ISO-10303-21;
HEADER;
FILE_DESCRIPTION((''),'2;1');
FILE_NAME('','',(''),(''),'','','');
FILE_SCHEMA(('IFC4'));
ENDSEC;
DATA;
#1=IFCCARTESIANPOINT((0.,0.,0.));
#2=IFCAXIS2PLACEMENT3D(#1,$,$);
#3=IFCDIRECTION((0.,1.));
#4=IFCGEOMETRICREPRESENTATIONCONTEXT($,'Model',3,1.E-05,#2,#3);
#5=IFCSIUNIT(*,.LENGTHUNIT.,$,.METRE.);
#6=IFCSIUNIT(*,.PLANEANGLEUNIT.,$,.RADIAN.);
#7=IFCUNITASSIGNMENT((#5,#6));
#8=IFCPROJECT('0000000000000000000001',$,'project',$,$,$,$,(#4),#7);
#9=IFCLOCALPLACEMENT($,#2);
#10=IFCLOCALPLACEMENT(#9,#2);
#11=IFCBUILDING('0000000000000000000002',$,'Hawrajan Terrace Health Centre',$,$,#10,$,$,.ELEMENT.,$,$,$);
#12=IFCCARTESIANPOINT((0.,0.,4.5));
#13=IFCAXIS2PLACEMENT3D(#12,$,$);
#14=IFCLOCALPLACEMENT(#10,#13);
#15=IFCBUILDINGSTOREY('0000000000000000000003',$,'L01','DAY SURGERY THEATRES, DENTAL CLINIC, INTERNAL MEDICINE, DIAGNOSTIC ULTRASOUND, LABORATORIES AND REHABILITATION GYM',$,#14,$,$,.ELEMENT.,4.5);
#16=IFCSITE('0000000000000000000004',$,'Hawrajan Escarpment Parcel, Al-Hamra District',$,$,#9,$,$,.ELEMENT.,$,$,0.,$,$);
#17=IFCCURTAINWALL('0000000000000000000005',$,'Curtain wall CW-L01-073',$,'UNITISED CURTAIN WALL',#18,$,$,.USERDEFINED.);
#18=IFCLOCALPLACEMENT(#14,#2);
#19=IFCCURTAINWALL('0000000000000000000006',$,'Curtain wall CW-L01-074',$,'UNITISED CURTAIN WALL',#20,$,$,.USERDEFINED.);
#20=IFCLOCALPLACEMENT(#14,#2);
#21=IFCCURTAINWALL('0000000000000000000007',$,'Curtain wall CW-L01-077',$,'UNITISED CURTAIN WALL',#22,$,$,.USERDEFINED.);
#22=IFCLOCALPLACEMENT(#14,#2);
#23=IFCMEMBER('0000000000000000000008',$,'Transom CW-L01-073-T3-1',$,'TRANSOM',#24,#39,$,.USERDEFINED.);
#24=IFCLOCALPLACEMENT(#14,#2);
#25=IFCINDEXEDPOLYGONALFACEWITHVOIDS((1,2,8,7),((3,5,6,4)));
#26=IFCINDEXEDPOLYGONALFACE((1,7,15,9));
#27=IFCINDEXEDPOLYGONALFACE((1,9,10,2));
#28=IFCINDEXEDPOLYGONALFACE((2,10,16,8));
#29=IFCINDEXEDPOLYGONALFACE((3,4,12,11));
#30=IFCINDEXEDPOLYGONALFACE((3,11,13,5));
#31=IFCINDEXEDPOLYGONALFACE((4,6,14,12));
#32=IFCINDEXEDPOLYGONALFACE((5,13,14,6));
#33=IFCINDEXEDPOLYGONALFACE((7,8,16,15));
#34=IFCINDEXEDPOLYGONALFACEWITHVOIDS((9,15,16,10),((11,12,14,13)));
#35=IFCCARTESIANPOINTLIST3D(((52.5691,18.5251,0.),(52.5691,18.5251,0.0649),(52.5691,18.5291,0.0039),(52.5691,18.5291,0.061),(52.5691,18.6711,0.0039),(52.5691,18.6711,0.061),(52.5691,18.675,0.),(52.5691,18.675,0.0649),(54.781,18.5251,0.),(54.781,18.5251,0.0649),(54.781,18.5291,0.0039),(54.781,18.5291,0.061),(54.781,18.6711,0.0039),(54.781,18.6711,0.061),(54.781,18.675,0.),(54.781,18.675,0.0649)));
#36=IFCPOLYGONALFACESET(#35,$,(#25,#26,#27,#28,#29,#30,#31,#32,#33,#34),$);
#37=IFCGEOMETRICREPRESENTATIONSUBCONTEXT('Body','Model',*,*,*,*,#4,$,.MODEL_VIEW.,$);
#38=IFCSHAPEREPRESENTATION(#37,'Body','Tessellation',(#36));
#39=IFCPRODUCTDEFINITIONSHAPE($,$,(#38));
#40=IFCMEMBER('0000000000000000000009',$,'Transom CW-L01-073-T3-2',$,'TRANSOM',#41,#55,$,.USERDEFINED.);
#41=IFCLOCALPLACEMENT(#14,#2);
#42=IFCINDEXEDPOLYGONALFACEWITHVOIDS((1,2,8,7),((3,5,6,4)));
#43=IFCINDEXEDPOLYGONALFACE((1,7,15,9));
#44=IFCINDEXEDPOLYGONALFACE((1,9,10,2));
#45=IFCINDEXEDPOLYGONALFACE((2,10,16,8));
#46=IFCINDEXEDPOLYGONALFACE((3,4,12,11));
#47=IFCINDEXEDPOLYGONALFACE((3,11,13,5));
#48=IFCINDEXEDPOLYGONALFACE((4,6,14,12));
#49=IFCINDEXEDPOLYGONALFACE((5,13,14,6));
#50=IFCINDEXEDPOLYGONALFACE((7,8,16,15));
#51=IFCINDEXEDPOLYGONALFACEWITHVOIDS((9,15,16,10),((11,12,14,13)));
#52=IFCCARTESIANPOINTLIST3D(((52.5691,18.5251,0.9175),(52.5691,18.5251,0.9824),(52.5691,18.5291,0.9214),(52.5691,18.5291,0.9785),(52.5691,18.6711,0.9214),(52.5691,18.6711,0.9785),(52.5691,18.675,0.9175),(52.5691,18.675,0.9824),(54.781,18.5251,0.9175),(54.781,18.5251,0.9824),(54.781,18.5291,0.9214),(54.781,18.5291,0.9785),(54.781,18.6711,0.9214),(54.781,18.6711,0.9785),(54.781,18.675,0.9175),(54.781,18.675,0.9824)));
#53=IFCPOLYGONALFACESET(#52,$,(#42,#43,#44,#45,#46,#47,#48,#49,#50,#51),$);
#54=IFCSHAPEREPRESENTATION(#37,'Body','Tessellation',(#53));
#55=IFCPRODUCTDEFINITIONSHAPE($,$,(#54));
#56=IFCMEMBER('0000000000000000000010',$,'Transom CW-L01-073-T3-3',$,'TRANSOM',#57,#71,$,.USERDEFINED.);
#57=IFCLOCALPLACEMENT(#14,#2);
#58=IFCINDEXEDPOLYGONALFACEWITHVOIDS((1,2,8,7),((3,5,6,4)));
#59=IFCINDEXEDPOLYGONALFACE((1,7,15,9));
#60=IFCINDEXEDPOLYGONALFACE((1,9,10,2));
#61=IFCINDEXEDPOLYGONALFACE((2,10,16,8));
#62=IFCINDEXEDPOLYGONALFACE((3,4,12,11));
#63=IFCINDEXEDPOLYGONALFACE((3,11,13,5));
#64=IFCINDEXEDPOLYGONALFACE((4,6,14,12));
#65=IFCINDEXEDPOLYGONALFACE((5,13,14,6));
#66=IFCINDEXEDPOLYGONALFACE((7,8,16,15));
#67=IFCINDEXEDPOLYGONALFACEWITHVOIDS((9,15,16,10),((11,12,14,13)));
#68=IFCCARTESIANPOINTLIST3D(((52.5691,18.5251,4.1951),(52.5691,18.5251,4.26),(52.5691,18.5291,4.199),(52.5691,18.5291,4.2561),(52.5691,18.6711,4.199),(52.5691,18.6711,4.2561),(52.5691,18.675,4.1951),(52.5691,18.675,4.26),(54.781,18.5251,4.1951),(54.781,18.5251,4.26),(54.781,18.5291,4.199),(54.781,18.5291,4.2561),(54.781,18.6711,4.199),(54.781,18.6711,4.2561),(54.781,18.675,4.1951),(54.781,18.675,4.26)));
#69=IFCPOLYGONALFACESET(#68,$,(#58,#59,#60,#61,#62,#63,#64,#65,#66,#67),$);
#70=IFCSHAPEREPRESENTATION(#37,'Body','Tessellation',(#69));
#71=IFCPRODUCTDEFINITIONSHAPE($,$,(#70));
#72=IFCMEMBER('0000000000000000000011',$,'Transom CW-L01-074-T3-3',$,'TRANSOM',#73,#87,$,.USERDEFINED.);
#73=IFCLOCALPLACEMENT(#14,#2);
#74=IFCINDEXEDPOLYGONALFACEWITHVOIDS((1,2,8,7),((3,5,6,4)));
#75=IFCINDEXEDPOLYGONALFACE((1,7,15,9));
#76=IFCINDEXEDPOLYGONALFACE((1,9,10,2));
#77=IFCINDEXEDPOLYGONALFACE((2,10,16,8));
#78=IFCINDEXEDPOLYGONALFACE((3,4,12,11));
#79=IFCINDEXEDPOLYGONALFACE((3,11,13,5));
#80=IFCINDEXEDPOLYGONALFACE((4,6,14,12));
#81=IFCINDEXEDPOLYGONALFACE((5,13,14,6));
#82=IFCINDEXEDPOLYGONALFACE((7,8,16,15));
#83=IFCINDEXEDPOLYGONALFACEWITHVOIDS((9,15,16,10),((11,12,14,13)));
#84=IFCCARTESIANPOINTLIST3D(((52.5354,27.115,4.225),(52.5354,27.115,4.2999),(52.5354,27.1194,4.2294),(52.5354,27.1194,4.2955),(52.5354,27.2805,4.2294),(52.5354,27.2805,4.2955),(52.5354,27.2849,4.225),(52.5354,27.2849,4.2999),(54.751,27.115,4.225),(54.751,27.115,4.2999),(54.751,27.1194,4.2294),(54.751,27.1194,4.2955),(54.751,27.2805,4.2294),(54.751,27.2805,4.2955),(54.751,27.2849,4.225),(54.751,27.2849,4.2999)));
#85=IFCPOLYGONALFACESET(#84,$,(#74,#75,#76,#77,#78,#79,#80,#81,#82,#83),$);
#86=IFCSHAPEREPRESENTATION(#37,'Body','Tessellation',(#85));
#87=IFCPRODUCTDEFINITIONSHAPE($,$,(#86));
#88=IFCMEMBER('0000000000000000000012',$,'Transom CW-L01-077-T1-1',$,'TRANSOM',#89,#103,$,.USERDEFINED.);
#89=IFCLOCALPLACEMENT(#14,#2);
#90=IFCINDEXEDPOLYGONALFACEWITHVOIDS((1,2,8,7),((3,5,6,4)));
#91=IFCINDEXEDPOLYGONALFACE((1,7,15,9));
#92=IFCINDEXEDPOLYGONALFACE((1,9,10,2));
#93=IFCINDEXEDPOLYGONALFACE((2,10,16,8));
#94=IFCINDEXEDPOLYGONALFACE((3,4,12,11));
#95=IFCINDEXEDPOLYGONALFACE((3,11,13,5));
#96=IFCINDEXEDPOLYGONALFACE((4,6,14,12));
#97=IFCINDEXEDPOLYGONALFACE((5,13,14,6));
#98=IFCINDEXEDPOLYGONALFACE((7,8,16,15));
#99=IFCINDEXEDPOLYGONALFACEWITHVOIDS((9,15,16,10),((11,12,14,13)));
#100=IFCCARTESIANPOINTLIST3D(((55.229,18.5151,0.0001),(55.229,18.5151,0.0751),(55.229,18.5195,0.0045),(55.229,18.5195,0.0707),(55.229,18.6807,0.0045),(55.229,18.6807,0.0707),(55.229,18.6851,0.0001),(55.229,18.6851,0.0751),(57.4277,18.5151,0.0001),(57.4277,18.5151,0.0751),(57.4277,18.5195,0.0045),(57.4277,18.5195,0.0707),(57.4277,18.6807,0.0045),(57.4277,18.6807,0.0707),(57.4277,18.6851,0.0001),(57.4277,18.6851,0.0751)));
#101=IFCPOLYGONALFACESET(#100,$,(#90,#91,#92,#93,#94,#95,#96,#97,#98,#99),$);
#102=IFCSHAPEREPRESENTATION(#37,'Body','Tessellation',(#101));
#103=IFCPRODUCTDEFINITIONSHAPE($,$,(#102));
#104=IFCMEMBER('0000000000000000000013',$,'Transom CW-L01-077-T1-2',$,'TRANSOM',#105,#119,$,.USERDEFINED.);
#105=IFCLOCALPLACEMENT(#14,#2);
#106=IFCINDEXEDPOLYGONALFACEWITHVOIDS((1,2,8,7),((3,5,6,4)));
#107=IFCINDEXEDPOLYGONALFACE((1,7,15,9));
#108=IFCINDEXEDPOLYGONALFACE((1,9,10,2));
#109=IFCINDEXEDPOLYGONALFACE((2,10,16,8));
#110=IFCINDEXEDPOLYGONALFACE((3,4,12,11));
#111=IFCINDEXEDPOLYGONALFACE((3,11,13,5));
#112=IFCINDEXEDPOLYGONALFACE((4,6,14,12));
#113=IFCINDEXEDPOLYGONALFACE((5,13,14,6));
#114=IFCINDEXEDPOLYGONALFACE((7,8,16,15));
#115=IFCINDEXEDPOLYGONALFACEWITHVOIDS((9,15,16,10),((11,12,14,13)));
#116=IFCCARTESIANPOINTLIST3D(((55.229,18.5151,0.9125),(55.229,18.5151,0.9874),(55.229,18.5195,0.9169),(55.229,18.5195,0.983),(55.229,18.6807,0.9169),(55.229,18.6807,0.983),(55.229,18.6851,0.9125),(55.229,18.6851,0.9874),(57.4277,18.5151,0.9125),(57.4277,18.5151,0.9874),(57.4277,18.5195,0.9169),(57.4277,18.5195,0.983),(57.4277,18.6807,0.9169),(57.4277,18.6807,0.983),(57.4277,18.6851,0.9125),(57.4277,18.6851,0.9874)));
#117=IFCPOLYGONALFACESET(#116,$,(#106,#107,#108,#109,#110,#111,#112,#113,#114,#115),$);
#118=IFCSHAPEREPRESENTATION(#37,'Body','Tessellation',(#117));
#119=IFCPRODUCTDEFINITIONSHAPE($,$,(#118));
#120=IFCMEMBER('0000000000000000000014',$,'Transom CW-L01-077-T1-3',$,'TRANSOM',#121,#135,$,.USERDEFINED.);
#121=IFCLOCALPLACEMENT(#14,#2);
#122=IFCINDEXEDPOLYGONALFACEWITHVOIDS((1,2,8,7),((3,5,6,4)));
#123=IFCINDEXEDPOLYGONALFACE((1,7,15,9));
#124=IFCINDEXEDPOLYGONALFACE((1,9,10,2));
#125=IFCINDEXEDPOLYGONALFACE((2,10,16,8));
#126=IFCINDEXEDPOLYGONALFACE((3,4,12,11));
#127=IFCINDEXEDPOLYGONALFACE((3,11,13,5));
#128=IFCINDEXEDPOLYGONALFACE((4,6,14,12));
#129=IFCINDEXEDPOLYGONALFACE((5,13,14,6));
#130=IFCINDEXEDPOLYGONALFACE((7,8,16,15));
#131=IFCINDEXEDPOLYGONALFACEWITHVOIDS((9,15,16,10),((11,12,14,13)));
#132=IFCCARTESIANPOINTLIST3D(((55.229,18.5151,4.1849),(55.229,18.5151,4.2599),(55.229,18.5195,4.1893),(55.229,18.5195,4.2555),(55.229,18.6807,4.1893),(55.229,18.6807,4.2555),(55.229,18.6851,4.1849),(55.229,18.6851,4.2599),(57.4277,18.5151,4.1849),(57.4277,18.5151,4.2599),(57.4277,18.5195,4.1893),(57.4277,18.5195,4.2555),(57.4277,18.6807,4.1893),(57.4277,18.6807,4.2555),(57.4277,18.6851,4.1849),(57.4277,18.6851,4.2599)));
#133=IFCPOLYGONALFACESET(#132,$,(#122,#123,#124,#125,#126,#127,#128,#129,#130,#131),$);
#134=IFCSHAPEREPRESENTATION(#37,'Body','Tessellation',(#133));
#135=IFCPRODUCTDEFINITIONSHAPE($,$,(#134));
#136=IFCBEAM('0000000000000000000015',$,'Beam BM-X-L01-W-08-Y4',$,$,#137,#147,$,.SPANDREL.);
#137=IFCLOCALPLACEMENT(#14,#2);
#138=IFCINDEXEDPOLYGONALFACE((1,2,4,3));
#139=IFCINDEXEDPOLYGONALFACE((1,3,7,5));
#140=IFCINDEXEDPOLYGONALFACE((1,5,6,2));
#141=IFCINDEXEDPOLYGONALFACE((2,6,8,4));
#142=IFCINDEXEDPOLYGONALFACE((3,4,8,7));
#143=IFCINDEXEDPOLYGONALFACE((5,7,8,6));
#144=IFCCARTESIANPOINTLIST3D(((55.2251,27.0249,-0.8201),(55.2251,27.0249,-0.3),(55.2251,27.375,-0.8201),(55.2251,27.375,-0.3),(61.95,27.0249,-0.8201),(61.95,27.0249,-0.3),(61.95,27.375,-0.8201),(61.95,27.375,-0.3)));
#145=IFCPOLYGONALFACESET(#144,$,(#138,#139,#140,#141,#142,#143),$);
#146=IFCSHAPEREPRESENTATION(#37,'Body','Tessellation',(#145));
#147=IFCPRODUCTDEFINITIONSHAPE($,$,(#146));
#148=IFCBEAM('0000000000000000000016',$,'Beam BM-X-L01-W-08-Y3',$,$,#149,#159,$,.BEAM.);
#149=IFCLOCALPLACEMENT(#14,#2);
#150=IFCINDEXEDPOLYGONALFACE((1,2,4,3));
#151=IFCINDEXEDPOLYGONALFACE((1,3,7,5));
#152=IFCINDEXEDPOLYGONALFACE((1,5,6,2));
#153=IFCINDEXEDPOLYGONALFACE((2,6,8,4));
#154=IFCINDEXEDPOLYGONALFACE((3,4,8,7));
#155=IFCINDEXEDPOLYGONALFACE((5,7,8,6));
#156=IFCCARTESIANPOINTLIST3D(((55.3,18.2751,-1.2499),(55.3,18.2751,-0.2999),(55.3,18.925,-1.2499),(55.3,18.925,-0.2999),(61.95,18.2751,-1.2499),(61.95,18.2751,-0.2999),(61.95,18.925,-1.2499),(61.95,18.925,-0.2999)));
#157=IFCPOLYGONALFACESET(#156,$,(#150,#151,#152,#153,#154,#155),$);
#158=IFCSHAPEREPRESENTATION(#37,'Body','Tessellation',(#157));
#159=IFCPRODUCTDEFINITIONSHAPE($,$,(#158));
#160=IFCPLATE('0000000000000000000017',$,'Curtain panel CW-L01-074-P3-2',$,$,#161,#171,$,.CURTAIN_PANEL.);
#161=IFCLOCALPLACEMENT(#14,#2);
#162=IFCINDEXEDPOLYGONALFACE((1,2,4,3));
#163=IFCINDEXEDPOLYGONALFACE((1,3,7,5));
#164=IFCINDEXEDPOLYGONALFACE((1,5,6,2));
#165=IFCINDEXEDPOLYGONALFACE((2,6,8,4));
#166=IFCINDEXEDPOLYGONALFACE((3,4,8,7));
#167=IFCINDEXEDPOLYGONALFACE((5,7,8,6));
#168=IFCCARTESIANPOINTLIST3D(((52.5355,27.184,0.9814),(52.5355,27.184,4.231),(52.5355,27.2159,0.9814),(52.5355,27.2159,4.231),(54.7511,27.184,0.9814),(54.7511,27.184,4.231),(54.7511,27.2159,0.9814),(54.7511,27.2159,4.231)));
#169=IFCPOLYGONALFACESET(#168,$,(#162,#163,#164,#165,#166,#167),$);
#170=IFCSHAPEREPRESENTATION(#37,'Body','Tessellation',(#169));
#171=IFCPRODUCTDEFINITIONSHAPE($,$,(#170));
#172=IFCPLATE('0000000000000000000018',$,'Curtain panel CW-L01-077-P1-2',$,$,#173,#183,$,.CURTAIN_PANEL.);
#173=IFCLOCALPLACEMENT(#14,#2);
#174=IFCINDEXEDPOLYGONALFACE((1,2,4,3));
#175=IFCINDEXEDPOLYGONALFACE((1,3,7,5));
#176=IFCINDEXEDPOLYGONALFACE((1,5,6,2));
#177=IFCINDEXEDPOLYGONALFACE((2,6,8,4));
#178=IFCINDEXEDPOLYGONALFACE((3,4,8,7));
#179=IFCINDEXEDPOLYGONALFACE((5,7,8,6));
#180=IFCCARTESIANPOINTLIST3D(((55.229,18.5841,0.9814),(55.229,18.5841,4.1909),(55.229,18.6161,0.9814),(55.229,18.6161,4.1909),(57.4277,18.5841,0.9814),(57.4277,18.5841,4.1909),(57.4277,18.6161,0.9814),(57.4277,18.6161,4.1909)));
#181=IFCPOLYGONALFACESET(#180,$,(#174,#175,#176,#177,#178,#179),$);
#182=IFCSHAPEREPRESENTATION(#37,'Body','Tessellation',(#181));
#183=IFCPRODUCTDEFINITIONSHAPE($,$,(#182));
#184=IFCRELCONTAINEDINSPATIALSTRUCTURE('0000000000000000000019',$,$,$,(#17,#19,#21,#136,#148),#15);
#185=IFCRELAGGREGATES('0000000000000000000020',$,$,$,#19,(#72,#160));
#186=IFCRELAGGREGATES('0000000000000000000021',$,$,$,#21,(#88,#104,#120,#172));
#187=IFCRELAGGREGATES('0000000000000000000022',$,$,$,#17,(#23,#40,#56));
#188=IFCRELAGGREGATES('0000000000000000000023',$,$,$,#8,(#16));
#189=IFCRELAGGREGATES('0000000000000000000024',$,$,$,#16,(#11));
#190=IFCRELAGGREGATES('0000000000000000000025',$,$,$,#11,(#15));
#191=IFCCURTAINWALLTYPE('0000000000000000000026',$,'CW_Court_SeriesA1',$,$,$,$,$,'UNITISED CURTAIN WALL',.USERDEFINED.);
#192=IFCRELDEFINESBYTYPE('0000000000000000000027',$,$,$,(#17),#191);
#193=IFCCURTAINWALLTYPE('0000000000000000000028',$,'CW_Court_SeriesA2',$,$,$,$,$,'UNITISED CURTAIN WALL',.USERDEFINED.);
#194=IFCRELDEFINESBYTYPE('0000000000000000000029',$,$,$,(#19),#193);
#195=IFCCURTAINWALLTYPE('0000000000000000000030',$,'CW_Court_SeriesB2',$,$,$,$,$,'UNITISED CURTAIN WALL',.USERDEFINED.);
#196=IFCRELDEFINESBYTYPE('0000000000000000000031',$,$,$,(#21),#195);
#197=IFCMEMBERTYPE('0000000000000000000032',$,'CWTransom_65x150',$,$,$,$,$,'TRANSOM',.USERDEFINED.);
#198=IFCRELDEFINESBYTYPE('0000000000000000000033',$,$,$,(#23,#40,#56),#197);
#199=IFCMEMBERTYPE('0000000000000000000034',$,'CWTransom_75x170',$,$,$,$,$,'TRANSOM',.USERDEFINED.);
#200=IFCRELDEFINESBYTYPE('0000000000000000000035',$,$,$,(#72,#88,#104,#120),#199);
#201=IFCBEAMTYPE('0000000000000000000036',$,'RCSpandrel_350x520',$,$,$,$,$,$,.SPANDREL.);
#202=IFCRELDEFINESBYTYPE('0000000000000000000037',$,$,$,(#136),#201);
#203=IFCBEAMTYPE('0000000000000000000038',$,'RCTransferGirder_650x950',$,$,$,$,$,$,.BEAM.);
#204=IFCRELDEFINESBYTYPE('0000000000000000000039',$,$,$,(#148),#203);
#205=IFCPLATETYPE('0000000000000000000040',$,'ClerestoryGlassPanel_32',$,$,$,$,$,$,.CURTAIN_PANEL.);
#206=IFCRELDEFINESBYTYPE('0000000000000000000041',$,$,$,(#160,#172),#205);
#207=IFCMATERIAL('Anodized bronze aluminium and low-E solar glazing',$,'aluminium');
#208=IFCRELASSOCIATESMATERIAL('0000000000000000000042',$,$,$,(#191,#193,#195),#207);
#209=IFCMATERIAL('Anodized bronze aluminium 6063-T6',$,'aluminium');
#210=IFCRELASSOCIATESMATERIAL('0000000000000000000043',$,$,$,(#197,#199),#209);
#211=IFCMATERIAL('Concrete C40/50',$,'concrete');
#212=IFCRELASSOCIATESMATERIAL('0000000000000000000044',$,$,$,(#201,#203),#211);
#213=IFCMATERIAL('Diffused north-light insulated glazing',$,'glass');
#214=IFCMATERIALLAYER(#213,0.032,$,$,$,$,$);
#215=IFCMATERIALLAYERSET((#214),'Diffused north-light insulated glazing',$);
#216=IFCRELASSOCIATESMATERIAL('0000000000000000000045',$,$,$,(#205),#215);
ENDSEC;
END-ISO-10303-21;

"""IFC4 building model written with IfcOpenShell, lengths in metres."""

from ifc_helpers import new_model, si_unit, direction, frame, origin, origin_2d, place, context, subcontext, project, spatial, rectangle, hollow_rectangle, extrude, material, layer, layer_set, material_profile, profile_set, type_object, element, aggregate, save


model = new_model("IFC4")

# Units and contexts
model_context = context("Model", 3, precision=1e-05, world=origin(), true_north=direction((0.0, 1.0)))
body_context = subcontext(model_context, "Body", "Model", "MODEL_VIEW")
ifc_project = project(units=[si_unit("LENGTHUNIT", "METRE"), si_unit("PLANEANGLEUNIT", "RADIAN")], contexts=[model_context])

# Site, building, storey
site_placement = place(None, origin())
site = spatial("IfcSite", under=ifc_project, at=site_placement, Name="Hawrajan Escarpment Parcel, Al-Hamra District", CompositionType="ELEMENT", RefElevation=0.0)
building_placement = place(site_placement, origin())
building = spatial("IfcBuilding", under=site, at=building_placement, Name="Hawrajan Terrace Health Centre", CompositionType="ELEMENT")
storey_placement = place(building_placement, frame((0.0, 0.0, 4.5)))
storey = spatial("IfcBuildingStorey", under=building, at=storey_placement, Name="L01", Description="DAY SURGERY THEATRES, DENTAL CLINIC, INTERNAL MEDICINE, DIAGNOSTIC ULTRASOUND, LABORATORIES AND REHABILITATION GYM", CompositionType="ELEMENT", Elevation=4.5)

# Shared definitions
ifc_material_1 = material(Name="Anodized bronze aluminium and low-E solar glazing", Category="aluminium")
ifc_material_2 = material(Name="Anodized bronze aluminium 6063-T6", Category="aluminium")

# Curtain wall
curtain_wall_type_1 = type_object("IfcCurtainWallType", Name="CW_Court_SeriesA1", ElementType="UNITISED CURTAIN WALL", PredefinedType="USERDEFINED", material=ifc_material_1)
curtain_wall_1_placement = place(storey_placement, origin())
curtain_wall_1 = element("IfcCurtainWall", 1, at=curtain_wall_1_placement, inside=storey, type_object=curtain_wall_type_1, Name="Curtain wall CW-L01-073", ObjectType="UNITISED CURTAIN WALL", PredefinedType="USERDEFINED")

# Curtain walls
curtain_wall_type_2 = type_object("IfcCurtainWallType", Name="CW_Court_SeriesA2", ElementType="UNITISED CURTAIN WALL", PredefinedType="USERDEFINED", material=ifc_material_1)
curtain_wall_2_placement = place(storey_placement, origin())
curtain_wall_2 = element("IfcCurtainWall", 2, at=curtain_wall_2_placement, inside=storey, type_object=curtain_wall_type_2, Name="Curtain wall CW-L01-074", ObjectType="UNITISED CURTAIN WALL", PredefinedType="USERDEFINED")
curtain_wall_type_3 = type_object("IfcCurtainWallType", Name="CW_Court_SeriesB2", ElementType="UNITISED CURTAIN WALL", PredefinedType="USERDEFINED", material=ifc_material_1)
curtain_wall_3_placement = place(storey_placement, origin())
curtain_wall_3 = element("IfcCurtainWall", 3, at=curtain_wall_3_placement, inside=storey, type_object=curtain_wall_type_3, Name="Curtain wall CW-L01-077", ObjectType="UNITISED CURTAIN WALL", PredefinedType="USERDEFINED")

# Members
ifc_material_profile_1 = material_profile(ifc_material_2, hollow_rectangle(XDim=0.0649, YDim=0.1499, WallThickness=0.0039, at=origin_2d()), Name="CW TRN 65x150")
ifc_profile_set_1 = profile_set([ifc_material_profile_1], Name="Anodized bronze aluminium 6063-T6")
member_type_1 = type_object("IfcMemberType", Name="CWTransom_65x150", ElementType="TRANSOM", PredefinedType="USERDEFINED", material=ifc_profile_set_1)
member_1_placement = place(storey_placement, frame((52.5691, 18.6001, 0.0325), z_axis=(1.0, 0.0, 0.0), x_axis=(0.0, 0.0, 1.0)))
member_1 = element("IfcMember", 4, at=member_1_placement, type_object=member_type_1, Name="Transom CW-L01-073-T3-1", ObjectType="TRANSOM", PredefinedType="USERDEFINED", context=body_context, shape_type="SweptSolid", body=[
    extrude(hollow_rectangle(XDim=0.0649, YDim=0.1499, WallThickness=0.0039, at=origin_2d()), origin(), (0.0, 0.0, 1.0), 2.2119),
])
member_2_placement = place(storey_placement, frame((52.5691, 18.6001, 0.95), z_axis=(1.0, 0.0, 0.0), x_axis=(0.0, 0.0, 1.0)))
member_2 = element("IfcMember", 5, at=member_2_placement, type_object=member_type_1, Name="Transom CW-L01-073-T3-2", ObjectType="TRANSOM", PredefinedType="USERDEFINED", context=body_context, shape_type="SweptSolid", body=[
    extrude(hollow_rectangle(XDim=0.0649, YDim=0.1499, WallThickness=0.0039, at=origin_2d()), origin(), (0.0, 0.0, 1.0), 2.2119),
])
member_3_placement = place(storey_placement, frame((52.5691, 18.6001, 4.2275), z_axis=(1.0, 0.0, 0.0), x_axis=(0.0, 0.0, 1.0)))
member_3 = element("IfcMember", 6, at=member_3_placement, type_object=member_type_1, Name="Transom CW-L01-073-T3-3", ObjectType="TRANSOM", PredefinedType="USERDEFINED", context=body_context, shape_type="SweptSolid", body=[
    extrude(hollow_rectangle(XDim=0.0649, YDim=0.1499, WallThickness=0.0039, at=origin_2d()), origin(), (0.0, 0.0, 1.0), 2.2119),
])
ifc_material_profile_2 = material_profile(ifc_material_2, hollow_rectangle(XDim=0.075, YDim=0.1699, WallThickness=0.0044, at=origin_2d()), Name="CW TRN 75x170")
ifc_profile_set_2 = profile_set([ifc_material_profile_2], Name="Anodized bronze aluminium 6063-T6")
member_type_2 = type_object("IfcMemberType", Name="CWTransom_75x170", ElementType="TRANSOM", PredefinedType="USERDEFINED", material=ifc_profile_set_2)
member_4_placement = place(storey_placement, frame((52.5354, 27.2, 4.2625), z_axis=(1.0, 0.0, 0.0), x_axis=(0.0, 0.0, 1.0)))
member_4 = element("IfcMember", 7, at=member_4_placement, type_object=member_type_2, Name="Transom CW-L01-074-T3-3", ObjectType="TRANSOM", PredefinedType="USERDEFINED", context=body_context, shape_type="SweptSolid", body=[
    extrude(hollow_rectangle(XDim=0.075, YDim=0.1699, WallThickness=0.0044, at=origin_2d()), origin(), (0.0, 0.0, 1.0), 2.2156),
])
member_5_placement = place(storey_placement, frame((55.229, 18.6001, 0.0376), z_axis=(1.0, 0.0, 0.0), x_axis=(0.0, 0.0, 1.0)))
member_5 = element("IfcMember", 8, at=member_5_placement, type_object=member_type_2, Name="Transom CW-L01-077-T1-1", ObjectType="TRANSOM", PredefinedType="USERDEFINED", context=body_context, shape_type="SweptSolid", body=[
    extrude(hollow_rectangle(XDim=0.075, YDim=0.1699, WallThickness=0.0044, at=origin_2d()), origin(), (0.0, 0.0, 1.0), 2.1987),
])
member_6_placement = place(storey_placement, frame((55.229, 18.6001, 0.95), z_axis=(1.0, 0.0, 0.0), x_axis=(0.0, 0.0, 1.0)))
member_6 = element("IfcMember", 9, at=member_6_placement, type_object=member_type_2, Name="Transom CW-L01-077-T1-2", ObjectType="TRANSOM", PredefinedType="USERDEFINED", context=body_context, shape_type="SweptSolid", body=[
    extrude(hollow_rectangle(XDim=0.075, YDim=0.1699, WallThickness=0.0044, at=origin_2d()), origin(), (0.0, 0.0, 1.0), 2.1987),
])
member_7_placement = place(storey_placement, frame((55.229, 18.6001, 4.2224), z_axis=(1.0, 0.0, 0.0), x_axis=(0.0, 0.0, 1.0)))
member_7 = element("IfcMember", 10, at=member_7_placement, type_object=member_type_2, Name="Transom CW-L01-077-T1-3", ObjectType="TRANSOM", PredefinedType="USERDEFINED", context=body_context, shape_type="SweptSolid", body=[
    extrude(hollow_rectangle(XDim=0.075, YDim=0.1699, WallThickness=0.0044, at=origin_2d()), origin(), (0.0, 0.0, 1.0), 2.1987),
])

# Beams
ifc_material_3 = material(Name="Concrete C40/50", Category="concrete")
ifc_material_profile_3 = material_profile(ifc_material_3, rectangle(XDim=0.3501, YDim=0.52, at=origin_2d()), Name="RC SP 350x520")
ifc_profile_set_3 = profile_set([ifc_material_profile_3], Name="Concrete C40/50")
beam_type_1 = type_object("IfcBeamType", Name="RCSpandrel_350x520", PredefinedType="SPANDREL", material=ifc_profile_set_3)
beam_1_placement = place(storey_placement, frame((55.2251, 27.2, -0.5601), z_axis=(1.0, 0.0, 0.0), x_axis=(0.0, 1.0, 0.0)))
element("IfcBeam", 11, at=beam_1_placement, inside=storey, type_object=beam_type_1, Name="Beam BM-X-L01-W-08-Y4", PredefinedType="SPANDREL", context=body_context, shape_type="SweptSolid", body=[
    extrude(rectangle(XDim=0.3501, YDim=0.52, at=origin_2d()), origin(), (0.0, 0.0, 1.0), 6.7249),
])
ifc_material_profile_4 = material_profile(ifc_material_3, rectangle(XDim=0.6499, YDim=0.95, at=origin_2d()), Name="RC TG 650x950")
ifc_profile_set_4 = profile_set([ifc_material_profile_4], Name="Concrete C40/50")
beam_type_2 = type_object("IfcBeamType", Name="RCTransferGirder_650x950", PredefinedType="BEAM", material=ifc_profile_set_4)
beam_2_placement = place(storey_placement, frame((55.3, 18.6001, -0.7749), z_axis=(1.0, 0.0, 0.0), x_axis=(0.0, 1.0, 0.0)))
element("IfcBeam", 12, at=beam_2_placement, inside=storey, type_object=beam_type_2, Name="Beam BM-X-L01-W-08-Y3", PredefinedType="BEAM", context=body_context, shape_type="SweptSolid", body=[
    extrude(rectangle(XDim=0.6499, YDim=0.95, at=origin_2d()), origin(), (0.0, 0.0, 1.0), 6.6499),
])

# Plates
ifc_material_4 = material(Name="Diffused north-light insulated glazing", Category="glass")
ifc_layer_1 = layer(ifc_material_4, 0.032)
ifc_layer_set_1 = layer_set([ifc_layer_1], Name="Diffused north-light insulated glazing")
plate_type_1 = type_object("IfcPlateType", Name="ClerestoryGlassPanel_32", PredefinedType="CURTAIN_PANEL", material=ifc_layer_set_1)
plate_1_placement = place(storey_placement, frame((53.6433, 27.2, 0.9814), z_axis=(0.0, 0.0, 1.0), x_axis=(1.0, 0.0, 0.0)))
plate_1 = element("IfcPlate", 13, at=plate_1_placement, type_object=plate_type_1, Name="Curtain panel CW-L01-074-P3-2", PredefinedType="CURTAIN_PANEL", context=body_context, shape_type="SweptSolid", body=[
    extrude(rectangle(XDim=2.2156, YDim=0.032, at=origin_2d()), origin(), (0.0, 0.0, 1.0), 3.2495),
])
plate_2_placement = place(storey_placement, frame((56.3284, 18.6001, 0.9814), z_axis=(0.0, 0.0, 1.0), x_axis=(1.0, 0.0, 0.0)))
plate_2 = element("IfcPlate", 14, at=plate_2_placement, type_object=plate_type_1, Name="Curtain panel CW-L01-077-P1-2", PredefinedType="CURTAIN_PANEL", context=body_context, shape_type="SweptSolid", body=[
    extrude(rectangle(XDim=2.1987, YDim=0.032, at=origin_2d()), origin(), (0.0, 0.0, 1.0), 3.2095),
])
aggregate(curtain_wall_2, [member_4, plate_1])
aggregate(curtain_wall_3, [member_5, member_6, member_7, plate_2])
aggregate(curtain_wall_1, [member_1, member_2, member_3])

save(model, "model.ifc")
